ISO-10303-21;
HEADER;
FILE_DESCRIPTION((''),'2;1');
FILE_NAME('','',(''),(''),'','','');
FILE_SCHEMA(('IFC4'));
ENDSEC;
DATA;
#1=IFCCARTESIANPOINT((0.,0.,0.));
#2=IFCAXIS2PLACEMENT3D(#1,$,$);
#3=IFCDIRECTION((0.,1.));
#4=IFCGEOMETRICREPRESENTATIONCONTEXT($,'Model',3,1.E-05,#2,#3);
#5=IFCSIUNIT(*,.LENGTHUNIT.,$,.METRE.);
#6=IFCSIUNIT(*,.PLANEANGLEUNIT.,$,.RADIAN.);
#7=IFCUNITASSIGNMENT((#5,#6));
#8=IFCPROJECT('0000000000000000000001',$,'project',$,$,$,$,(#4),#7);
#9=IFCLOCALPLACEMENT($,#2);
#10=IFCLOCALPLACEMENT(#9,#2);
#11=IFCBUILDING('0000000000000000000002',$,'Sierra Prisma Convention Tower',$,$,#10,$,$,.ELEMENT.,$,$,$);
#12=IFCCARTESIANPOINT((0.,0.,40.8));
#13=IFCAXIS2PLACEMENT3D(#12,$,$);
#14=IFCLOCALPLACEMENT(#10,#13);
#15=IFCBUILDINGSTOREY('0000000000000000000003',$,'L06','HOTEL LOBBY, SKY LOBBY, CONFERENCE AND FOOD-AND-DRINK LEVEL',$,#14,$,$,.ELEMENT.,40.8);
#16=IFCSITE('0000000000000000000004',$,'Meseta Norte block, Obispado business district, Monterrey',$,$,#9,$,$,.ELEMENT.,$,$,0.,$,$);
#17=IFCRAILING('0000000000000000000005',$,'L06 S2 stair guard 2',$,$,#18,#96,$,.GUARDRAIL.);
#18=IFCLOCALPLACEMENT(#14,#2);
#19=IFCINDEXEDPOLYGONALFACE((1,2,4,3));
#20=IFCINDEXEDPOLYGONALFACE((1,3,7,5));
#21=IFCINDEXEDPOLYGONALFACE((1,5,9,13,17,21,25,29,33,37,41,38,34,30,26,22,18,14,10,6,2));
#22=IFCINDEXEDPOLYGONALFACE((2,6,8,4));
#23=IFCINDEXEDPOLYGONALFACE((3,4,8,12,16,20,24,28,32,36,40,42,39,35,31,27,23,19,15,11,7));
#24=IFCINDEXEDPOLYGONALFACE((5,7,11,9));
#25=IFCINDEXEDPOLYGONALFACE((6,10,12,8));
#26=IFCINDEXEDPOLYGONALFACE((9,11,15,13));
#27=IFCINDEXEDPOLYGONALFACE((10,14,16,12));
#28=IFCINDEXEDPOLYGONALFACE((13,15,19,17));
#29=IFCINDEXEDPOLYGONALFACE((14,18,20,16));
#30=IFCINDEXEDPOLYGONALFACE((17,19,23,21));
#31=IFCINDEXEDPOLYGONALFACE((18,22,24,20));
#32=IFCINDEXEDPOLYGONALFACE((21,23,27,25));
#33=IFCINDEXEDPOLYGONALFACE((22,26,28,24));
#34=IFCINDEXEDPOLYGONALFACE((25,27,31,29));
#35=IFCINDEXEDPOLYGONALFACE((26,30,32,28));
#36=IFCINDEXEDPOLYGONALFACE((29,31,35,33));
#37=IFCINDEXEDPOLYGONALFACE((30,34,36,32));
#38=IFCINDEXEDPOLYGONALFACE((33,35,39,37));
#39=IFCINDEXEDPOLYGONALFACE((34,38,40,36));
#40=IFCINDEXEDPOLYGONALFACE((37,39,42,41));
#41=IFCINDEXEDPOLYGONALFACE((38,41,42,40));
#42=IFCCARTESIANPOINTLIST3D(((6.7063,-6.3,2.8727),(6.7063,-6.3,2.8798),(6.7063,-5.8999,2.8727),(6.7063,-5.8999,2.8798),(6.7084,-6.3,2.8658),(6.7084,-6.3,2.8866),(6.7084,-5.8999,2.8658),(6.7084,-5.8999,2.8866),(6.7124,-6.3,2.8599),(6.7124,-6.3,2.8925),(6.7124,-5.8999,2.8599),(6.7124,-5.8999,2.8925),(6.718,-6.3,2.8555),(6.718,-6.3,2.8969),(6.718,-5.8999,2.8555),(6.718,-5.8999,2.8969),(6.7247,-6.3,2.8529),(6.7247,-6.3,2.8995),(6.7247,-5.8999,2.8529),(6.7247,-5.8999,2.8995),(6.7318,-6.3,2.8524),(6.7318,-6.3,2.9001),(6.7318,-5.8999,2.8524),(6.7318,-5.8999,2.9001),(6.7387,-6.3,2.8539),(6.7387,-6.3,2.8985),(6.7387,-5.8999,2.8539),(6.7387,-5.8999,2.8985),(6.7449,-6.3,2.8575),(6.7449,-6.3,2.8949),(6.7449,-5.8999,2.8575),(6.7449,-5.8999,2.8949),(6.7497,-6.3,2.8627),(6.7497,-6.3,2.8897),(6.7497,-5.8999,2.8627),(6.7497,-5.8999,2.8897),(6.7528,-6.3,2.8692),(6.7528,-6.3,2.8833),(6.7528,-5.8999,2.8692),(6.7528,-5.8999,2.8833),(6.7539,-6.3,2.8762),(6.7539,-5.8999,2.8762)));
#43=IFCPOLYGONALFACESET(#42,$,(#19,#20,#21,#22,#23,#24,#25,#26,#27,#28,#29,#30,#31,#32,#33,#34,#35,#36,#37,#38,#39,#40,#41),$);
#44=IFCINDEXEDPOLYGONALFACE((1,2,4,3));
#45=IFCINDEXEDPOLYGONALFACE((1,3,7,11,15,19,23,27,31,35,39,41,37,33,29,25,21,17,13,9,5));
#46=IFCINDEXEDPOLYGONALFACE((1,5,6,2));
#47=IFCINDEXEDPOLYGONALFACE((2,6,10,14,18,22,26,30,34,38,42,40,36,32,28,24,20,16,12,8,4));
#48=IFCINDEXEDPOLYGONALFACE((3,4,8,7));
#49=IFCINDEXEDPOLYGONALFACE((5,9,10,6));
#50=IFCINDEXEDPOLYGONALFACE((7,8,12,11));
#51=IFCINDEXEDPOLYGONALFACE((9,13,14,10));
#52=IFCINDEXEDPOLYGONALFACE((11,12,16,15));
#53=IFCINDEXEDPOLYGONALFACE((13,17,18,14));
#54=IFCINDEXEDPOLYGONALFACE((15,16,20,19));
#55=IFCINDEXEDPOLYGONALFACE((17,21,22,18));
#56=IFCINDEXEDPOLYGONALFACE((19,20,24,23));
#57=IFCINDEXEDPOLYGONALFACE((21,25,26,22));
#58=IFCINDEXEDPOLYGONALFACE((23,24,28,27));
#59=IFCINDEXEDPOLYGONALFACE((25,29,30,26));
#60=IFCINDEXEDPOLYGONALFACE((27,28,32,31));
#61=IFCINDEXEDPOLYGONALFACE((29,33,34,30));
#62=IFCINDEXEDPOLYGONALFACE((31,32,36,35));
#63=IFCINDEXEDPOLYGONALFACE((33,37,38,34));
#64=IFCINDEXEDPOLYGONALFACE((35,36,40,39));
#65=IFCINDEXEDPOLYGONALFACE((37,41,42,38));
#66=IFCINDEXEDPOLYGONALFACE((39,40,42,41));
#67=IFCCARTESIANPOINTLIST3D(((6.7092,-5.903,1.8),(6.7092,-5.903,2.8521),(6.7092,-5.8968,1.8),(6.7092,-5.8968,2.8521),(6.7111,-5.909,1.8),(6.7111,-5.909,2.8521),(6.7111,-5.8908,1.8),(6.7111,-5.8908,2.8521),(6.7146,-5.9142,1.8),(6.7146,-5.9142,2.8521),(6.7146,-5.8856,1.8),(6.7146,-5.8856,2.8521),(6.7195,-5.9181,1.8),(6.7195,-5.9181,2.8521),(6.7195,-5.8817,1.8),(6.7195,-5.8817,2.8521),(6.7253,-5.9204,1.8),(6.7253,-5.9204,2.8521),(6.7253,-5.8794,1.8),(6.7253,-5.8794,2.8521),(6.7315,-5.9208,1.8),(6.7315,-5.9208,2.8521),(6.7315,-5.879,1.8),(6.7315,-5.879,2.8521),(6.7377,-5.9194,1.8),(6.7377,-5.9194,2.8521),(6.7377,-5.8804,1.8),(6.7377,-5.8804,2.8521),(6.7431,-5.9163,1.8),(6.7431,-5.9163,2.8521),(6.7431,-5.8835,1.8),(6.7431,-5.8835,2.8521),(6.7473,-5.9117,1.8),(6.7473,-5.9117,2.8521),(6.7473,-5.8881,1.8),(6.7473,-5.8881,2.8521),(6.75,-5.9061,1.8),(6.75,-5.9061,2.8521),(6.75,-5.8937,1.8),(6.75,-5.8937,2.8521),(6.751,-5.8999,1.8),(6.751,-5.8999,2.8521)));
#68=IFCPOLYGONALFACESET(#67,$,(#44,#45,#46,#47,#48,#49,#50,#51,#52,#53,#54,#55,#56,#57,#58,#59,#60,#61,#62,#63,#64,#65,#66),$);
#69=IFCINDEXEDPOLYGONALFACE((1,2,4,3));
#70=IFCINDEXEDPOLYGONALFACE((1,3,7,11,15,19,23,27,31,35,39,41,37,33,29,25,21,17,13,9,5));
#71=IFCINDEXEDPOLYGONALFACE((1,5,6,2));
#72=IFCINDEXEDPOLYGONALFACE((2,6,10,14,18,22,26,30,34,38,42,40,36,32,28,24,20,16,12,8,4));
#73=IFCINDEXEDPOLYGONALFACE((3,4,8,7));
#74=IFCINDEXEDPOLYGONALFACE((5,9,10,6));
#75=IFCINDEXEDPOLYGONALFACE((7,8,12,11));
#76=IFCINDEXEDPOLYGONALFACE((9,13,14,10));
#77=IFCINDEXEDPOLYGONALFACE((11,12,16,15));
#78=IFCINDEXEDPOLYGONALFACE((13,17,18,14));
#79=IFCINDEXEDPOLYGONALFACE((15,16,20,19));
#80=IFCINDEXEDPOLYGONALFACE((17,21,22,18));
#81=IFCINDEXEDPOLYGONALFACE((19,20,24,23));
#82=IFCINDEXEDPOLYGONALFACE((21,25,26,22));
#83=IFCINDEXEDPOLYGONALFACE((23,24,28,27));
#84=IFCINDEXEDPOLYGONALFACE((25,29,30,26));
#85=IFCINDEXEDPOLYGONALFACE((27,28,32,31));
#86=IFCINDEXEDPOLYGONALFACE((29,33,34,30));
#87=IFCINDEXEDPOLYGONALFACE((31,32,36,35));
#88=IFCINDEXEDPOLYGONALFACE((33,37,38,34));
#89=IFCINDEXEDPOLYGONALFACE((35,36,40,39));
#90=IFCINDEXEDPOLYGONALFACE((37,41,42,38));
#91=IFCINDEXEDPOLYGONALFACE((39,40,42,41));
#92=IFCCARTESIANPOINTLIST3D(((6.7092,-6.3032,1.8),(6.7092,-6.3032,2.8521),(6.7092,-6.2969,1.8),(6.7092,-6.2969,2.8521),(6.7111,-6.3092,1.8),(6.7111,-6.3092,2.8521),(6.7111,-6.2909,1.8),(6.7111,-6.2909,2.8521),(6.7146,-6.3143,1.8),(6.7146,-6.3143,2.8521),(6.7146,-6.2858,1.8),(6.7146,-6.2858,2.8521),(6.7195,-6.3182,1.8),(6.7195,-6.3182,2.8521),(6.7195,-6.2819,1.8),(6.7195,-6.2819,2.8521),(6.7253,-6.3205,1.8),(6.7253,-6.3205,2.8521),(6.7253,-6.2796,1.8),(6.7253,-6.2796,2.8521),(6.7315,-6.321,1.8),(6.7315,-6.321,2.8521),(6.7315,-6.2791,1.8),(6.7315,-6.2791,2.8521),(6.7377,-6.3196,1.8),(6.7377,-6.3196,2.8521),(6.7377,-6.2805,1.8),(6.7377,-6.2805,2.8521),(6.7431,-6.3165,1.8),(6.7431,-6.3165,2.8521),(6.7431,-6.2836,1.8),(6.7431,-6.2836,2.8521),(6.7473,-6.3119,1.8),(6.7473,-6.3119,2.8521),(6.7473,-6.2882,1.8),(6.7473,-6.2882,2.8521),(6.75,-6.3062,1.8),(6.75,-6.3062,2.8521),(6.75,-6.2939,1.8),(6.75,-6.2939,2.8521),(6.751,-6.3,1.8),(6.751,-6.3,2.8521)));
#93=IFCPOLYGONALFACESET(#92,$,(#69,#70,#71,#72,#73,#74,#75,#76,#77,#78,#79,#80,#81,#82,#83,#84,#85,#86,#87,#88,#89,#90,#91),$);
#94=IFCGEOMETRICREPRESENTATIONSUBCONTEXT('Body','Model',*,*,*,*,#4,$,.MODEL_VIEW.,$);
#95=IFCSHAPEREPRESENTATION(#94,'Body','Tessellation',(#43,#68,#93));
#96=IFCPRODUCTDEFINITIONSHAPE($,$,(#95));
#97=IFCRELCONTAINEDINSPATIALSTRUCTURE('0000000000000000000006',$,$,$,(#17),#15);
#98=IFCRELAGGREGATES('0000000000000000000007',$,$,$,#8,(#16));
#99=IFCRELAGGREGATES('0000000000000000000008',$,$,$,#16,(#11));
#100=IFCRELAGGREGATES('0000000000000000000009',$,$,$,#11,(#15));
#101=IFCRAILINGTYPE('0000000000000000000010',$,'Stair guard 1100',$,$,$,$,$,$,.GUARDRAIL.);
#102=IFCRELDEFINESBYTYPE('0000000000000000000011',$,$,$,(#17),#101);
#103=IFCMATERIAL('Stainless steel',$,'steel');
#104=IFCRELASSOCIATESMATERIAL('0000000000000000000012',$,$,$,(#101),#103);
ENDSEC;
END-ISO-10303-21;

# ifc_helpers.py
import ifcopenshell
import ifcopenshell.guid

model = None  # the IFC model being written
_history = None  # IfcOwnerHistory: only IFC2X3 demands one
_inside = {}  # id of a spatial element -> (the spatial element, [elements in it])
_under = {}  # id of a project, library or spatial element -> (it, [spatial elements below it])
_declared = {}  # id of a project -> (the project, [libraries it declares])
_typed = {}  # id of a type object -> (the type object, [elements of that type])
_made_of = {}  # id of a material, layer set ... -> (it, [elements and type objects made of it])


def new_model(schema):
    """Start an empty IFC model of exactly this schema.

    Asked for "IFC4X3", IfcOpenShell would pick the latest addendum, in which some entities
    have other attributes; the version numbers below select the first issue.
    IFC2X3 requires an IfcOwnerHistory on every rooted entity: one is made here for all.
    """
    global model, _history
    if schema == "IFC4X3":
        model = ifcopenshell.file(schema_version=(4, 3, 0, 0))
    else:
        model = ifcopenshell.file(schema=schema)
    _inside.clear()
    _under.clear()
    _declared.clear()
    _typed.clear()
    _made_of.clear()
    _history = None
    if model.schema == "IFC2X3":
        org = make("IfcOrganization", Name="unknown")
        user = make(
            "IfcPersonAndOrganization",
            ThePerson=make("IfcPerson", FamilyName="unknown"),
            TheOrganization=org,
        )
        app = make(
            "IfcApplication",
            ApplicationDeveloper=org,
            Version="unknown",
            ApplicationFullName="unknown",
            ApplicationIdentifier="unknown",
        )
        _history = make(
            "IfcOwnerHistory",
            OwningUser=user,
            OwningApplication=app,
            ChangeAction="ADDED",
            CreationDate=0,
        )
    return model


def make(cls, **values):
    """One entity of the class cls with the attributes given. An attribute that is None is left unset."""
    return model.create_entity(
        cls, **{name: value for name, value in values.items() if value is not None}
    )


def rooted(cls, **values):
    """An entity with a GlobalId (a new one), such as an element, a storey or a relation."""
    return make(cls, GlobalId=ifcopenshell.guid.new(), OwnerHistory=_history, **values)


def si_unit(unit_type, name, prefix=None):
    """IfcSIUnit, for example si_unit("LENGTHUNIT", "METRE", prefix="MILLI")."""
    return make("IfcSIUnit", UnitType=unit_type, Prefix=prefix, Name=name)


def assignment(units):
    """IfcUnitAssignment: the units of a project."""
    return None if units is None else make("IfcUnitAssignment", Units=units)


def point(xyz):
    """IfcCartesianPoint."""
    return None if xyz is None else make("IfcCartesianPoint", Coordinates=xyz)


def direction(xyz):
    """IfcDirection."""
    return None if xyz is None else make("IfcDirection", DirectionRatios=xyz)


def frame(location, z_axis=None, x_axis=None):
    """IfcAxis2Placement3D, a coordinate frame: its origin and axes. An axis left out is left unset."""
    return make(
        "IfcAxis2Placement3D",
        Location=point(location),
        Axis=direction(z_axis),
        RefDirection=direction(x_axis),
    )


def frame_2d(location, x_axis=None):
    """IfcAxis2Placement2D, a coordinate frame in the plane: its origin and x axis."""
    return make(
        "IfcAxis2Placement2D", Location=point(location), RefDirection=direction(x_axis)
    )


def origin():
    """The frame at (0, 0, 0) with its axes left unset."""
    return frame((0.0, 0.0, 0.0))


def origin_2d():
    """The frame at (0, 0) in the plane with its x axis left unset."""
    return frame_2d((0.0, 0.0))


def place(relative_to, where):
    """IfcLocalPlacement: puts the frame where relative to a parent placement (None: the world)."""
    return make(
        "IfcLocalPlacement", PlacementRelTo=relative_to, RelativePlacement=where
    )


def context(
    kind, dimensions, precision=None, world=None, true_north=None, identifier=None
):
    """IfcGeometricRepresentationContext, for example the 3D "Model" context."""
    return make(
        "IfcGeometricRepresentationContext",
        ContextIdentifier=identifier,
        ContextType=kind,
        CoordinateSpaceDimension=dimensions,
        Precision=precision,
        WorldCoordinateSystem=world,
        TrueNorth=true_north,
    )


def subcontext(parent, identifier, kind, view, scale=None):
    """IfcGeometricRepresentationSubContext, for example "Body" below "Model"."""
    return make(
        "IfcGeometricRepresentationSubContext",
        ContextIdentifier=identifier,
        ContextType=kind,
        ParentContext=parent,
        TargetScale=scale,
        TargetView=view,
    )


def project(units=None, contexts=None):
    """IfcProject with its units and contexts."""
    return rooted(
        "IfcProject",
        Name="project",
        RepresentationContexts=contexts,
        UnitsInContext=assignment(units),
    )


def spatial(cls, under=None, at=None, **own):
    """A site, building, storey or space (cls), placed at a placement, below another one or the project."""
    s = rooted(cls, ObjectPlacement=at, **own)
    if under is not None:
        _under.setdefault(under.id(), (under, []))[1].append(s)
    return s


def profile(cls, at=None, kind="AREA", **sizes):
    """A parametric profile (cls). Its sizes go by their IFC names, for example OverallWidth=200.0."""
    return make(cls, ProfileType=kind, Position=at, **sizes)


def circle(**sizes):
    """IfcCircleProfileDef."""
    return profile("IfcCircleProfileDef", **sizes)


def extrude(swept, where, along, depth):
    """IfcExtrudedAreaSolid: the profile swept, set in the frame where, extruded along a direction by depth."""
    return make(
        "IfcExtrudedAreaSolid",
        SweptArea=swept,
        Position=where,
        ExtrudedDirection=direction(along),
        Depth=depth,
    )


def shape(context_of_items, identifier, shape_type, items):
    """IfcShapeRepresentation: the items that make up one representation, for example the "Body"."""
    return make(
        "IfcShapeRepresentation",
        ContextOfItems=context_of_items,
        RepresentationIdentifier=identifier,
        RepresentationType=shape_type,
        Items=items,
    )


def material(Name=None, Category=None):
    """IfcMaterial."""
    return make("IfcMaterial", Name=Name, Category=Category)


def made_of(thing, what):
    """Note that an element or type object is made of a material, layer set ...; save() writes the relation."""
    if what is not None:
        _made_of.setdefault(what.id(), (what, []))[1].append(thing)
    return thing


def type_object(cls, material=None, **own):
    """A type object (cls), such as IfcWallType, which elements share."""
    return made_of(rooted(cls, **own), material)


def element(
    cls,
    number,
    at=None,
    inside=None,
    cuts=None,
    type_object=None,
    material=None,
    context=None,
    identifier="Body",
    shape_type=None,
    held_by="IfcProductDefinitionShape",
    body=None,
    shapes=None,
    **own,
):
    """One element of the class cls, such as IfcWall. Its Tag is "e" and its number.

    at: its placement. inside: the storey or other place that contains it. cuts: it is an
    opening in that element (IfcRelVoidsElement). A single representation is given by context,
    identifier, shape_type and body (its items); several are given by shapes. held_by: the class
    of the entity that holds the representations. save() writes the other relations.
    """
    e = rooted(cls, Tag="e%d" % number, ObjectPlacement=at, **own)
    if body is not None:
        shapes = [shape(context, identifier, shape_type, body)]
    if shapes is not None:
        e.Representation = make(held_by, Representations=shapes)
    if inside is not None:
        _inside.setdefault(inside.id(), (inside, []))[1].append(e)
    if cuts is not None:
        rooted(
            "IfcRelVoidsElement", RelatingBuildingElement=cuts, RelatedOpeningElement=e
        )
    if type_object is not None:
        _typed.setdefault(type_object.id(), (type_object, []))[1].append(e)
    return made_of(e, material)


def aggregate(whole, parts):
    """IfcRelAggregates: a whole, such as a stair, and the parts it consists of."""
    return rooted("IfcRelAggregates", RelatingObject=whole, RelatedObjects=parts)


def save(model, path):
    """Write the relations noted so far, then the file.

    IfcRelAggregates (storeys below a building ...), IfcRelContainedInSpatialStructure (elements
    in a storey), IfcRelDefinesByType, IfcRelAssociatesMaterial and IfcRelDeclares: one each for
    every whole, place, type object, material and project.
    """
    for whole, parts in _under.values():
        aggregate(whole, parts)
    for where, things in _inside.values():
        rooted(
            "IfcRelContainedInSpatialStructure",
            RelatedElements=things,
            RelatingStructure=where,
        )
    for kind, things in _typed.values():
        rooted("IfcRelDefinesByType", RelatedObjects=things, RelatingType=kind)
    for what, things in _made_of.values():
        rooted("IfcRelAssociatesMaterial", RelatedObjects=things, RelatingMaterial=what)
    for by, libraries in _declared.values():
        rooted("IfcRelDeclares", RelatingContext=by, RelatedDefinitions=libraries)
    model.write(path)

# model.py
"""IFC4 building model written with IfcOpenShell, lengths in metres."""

from ifc_helpers import new_model, si_unit, direction, frame, origin, origin_2d, place, context, subcontext, project, spatial, circle, extrude, material, type_object, element, save


model = new_model("IFC4")

# Units and contexts
model_context = context("Model", 3, precision=1e-05, world=origin(), true_north=direction((0.0, 1.0)))
body_context = subcontext(model_context, "Body", "Model", "MODEL_VIEW")
ifc_project = project(units=[si_unit("LENGTHUNIT", "METRE"), si_unit("PLANEANGLEUNIT", "RADIAN")], contexts=[model_context])

# Site, building, storey
site_placement = place(None, origin())
site = spatial("IfcSite", under=ifc_project, at=site_placement, Name="Meseta Norte block, Obispado business district, Monterrey", CompositionType="ELEMENT", RefElevation=0.0)
building_placement = place(site_placement, origin())
building = spatial("IfcBuilding", under=site, at=building_placement, Name="Sierra Prisma Convention Tower", CompositionType="ELEMENT")
storey_placement = place(building_placement, frame((0.0, 0.0, 40.8)))
storey = spatial("IfcBuildingStorey", under=building, at=storey_placement, Name="L06", Description="HOTEL LOBBY, SKY LOBBY, CONFERENCE AND FOOD-AND-DRINK LEVEL", CompositionType="ELEMENT", Elevation=40.8)

# Railing
ifc_material_1 = material(Name="Stainless steel", Category="steel")
railing_type_1 = type_object("IfcRailingType", Name="Stair guard 1100", PredefinedType="GUARDRAIL", material=ifc_material_1)
railing_1_placement = place(storey_placement, frame((6.73, -5.8999, 1.8)))
element("IfcRailing", 1, at=railing_1_placement, inside=storey, type_object=railing_type_1, Name="L06 S2 stair guard 2", PredefinedType="GUARDRAIL", context=body_context, shape_type="SweptSolid", body=[
    extrude(circle(Radius=0.0239, at=origin_2d()), frame((0.0, 0.0, 1.0762), z_axis=(0.0, -1.0, 0.0), x_axis=(1.0, 0.0, 0.0)), (0.0, 0.0, 1.0), 0.4001),
    extrude(circle(Radius=0.021, at=origin_2d()), origin(), (0.0, 0.0, 1.0), 1.052),
    extrude(circle(Radius=0.021, at=origin_2d()), frame((0.0, -0.4001, 0.0)), (0.0, 0.0, 1.0), 1.052),
])

save(model, "model.ifc")
